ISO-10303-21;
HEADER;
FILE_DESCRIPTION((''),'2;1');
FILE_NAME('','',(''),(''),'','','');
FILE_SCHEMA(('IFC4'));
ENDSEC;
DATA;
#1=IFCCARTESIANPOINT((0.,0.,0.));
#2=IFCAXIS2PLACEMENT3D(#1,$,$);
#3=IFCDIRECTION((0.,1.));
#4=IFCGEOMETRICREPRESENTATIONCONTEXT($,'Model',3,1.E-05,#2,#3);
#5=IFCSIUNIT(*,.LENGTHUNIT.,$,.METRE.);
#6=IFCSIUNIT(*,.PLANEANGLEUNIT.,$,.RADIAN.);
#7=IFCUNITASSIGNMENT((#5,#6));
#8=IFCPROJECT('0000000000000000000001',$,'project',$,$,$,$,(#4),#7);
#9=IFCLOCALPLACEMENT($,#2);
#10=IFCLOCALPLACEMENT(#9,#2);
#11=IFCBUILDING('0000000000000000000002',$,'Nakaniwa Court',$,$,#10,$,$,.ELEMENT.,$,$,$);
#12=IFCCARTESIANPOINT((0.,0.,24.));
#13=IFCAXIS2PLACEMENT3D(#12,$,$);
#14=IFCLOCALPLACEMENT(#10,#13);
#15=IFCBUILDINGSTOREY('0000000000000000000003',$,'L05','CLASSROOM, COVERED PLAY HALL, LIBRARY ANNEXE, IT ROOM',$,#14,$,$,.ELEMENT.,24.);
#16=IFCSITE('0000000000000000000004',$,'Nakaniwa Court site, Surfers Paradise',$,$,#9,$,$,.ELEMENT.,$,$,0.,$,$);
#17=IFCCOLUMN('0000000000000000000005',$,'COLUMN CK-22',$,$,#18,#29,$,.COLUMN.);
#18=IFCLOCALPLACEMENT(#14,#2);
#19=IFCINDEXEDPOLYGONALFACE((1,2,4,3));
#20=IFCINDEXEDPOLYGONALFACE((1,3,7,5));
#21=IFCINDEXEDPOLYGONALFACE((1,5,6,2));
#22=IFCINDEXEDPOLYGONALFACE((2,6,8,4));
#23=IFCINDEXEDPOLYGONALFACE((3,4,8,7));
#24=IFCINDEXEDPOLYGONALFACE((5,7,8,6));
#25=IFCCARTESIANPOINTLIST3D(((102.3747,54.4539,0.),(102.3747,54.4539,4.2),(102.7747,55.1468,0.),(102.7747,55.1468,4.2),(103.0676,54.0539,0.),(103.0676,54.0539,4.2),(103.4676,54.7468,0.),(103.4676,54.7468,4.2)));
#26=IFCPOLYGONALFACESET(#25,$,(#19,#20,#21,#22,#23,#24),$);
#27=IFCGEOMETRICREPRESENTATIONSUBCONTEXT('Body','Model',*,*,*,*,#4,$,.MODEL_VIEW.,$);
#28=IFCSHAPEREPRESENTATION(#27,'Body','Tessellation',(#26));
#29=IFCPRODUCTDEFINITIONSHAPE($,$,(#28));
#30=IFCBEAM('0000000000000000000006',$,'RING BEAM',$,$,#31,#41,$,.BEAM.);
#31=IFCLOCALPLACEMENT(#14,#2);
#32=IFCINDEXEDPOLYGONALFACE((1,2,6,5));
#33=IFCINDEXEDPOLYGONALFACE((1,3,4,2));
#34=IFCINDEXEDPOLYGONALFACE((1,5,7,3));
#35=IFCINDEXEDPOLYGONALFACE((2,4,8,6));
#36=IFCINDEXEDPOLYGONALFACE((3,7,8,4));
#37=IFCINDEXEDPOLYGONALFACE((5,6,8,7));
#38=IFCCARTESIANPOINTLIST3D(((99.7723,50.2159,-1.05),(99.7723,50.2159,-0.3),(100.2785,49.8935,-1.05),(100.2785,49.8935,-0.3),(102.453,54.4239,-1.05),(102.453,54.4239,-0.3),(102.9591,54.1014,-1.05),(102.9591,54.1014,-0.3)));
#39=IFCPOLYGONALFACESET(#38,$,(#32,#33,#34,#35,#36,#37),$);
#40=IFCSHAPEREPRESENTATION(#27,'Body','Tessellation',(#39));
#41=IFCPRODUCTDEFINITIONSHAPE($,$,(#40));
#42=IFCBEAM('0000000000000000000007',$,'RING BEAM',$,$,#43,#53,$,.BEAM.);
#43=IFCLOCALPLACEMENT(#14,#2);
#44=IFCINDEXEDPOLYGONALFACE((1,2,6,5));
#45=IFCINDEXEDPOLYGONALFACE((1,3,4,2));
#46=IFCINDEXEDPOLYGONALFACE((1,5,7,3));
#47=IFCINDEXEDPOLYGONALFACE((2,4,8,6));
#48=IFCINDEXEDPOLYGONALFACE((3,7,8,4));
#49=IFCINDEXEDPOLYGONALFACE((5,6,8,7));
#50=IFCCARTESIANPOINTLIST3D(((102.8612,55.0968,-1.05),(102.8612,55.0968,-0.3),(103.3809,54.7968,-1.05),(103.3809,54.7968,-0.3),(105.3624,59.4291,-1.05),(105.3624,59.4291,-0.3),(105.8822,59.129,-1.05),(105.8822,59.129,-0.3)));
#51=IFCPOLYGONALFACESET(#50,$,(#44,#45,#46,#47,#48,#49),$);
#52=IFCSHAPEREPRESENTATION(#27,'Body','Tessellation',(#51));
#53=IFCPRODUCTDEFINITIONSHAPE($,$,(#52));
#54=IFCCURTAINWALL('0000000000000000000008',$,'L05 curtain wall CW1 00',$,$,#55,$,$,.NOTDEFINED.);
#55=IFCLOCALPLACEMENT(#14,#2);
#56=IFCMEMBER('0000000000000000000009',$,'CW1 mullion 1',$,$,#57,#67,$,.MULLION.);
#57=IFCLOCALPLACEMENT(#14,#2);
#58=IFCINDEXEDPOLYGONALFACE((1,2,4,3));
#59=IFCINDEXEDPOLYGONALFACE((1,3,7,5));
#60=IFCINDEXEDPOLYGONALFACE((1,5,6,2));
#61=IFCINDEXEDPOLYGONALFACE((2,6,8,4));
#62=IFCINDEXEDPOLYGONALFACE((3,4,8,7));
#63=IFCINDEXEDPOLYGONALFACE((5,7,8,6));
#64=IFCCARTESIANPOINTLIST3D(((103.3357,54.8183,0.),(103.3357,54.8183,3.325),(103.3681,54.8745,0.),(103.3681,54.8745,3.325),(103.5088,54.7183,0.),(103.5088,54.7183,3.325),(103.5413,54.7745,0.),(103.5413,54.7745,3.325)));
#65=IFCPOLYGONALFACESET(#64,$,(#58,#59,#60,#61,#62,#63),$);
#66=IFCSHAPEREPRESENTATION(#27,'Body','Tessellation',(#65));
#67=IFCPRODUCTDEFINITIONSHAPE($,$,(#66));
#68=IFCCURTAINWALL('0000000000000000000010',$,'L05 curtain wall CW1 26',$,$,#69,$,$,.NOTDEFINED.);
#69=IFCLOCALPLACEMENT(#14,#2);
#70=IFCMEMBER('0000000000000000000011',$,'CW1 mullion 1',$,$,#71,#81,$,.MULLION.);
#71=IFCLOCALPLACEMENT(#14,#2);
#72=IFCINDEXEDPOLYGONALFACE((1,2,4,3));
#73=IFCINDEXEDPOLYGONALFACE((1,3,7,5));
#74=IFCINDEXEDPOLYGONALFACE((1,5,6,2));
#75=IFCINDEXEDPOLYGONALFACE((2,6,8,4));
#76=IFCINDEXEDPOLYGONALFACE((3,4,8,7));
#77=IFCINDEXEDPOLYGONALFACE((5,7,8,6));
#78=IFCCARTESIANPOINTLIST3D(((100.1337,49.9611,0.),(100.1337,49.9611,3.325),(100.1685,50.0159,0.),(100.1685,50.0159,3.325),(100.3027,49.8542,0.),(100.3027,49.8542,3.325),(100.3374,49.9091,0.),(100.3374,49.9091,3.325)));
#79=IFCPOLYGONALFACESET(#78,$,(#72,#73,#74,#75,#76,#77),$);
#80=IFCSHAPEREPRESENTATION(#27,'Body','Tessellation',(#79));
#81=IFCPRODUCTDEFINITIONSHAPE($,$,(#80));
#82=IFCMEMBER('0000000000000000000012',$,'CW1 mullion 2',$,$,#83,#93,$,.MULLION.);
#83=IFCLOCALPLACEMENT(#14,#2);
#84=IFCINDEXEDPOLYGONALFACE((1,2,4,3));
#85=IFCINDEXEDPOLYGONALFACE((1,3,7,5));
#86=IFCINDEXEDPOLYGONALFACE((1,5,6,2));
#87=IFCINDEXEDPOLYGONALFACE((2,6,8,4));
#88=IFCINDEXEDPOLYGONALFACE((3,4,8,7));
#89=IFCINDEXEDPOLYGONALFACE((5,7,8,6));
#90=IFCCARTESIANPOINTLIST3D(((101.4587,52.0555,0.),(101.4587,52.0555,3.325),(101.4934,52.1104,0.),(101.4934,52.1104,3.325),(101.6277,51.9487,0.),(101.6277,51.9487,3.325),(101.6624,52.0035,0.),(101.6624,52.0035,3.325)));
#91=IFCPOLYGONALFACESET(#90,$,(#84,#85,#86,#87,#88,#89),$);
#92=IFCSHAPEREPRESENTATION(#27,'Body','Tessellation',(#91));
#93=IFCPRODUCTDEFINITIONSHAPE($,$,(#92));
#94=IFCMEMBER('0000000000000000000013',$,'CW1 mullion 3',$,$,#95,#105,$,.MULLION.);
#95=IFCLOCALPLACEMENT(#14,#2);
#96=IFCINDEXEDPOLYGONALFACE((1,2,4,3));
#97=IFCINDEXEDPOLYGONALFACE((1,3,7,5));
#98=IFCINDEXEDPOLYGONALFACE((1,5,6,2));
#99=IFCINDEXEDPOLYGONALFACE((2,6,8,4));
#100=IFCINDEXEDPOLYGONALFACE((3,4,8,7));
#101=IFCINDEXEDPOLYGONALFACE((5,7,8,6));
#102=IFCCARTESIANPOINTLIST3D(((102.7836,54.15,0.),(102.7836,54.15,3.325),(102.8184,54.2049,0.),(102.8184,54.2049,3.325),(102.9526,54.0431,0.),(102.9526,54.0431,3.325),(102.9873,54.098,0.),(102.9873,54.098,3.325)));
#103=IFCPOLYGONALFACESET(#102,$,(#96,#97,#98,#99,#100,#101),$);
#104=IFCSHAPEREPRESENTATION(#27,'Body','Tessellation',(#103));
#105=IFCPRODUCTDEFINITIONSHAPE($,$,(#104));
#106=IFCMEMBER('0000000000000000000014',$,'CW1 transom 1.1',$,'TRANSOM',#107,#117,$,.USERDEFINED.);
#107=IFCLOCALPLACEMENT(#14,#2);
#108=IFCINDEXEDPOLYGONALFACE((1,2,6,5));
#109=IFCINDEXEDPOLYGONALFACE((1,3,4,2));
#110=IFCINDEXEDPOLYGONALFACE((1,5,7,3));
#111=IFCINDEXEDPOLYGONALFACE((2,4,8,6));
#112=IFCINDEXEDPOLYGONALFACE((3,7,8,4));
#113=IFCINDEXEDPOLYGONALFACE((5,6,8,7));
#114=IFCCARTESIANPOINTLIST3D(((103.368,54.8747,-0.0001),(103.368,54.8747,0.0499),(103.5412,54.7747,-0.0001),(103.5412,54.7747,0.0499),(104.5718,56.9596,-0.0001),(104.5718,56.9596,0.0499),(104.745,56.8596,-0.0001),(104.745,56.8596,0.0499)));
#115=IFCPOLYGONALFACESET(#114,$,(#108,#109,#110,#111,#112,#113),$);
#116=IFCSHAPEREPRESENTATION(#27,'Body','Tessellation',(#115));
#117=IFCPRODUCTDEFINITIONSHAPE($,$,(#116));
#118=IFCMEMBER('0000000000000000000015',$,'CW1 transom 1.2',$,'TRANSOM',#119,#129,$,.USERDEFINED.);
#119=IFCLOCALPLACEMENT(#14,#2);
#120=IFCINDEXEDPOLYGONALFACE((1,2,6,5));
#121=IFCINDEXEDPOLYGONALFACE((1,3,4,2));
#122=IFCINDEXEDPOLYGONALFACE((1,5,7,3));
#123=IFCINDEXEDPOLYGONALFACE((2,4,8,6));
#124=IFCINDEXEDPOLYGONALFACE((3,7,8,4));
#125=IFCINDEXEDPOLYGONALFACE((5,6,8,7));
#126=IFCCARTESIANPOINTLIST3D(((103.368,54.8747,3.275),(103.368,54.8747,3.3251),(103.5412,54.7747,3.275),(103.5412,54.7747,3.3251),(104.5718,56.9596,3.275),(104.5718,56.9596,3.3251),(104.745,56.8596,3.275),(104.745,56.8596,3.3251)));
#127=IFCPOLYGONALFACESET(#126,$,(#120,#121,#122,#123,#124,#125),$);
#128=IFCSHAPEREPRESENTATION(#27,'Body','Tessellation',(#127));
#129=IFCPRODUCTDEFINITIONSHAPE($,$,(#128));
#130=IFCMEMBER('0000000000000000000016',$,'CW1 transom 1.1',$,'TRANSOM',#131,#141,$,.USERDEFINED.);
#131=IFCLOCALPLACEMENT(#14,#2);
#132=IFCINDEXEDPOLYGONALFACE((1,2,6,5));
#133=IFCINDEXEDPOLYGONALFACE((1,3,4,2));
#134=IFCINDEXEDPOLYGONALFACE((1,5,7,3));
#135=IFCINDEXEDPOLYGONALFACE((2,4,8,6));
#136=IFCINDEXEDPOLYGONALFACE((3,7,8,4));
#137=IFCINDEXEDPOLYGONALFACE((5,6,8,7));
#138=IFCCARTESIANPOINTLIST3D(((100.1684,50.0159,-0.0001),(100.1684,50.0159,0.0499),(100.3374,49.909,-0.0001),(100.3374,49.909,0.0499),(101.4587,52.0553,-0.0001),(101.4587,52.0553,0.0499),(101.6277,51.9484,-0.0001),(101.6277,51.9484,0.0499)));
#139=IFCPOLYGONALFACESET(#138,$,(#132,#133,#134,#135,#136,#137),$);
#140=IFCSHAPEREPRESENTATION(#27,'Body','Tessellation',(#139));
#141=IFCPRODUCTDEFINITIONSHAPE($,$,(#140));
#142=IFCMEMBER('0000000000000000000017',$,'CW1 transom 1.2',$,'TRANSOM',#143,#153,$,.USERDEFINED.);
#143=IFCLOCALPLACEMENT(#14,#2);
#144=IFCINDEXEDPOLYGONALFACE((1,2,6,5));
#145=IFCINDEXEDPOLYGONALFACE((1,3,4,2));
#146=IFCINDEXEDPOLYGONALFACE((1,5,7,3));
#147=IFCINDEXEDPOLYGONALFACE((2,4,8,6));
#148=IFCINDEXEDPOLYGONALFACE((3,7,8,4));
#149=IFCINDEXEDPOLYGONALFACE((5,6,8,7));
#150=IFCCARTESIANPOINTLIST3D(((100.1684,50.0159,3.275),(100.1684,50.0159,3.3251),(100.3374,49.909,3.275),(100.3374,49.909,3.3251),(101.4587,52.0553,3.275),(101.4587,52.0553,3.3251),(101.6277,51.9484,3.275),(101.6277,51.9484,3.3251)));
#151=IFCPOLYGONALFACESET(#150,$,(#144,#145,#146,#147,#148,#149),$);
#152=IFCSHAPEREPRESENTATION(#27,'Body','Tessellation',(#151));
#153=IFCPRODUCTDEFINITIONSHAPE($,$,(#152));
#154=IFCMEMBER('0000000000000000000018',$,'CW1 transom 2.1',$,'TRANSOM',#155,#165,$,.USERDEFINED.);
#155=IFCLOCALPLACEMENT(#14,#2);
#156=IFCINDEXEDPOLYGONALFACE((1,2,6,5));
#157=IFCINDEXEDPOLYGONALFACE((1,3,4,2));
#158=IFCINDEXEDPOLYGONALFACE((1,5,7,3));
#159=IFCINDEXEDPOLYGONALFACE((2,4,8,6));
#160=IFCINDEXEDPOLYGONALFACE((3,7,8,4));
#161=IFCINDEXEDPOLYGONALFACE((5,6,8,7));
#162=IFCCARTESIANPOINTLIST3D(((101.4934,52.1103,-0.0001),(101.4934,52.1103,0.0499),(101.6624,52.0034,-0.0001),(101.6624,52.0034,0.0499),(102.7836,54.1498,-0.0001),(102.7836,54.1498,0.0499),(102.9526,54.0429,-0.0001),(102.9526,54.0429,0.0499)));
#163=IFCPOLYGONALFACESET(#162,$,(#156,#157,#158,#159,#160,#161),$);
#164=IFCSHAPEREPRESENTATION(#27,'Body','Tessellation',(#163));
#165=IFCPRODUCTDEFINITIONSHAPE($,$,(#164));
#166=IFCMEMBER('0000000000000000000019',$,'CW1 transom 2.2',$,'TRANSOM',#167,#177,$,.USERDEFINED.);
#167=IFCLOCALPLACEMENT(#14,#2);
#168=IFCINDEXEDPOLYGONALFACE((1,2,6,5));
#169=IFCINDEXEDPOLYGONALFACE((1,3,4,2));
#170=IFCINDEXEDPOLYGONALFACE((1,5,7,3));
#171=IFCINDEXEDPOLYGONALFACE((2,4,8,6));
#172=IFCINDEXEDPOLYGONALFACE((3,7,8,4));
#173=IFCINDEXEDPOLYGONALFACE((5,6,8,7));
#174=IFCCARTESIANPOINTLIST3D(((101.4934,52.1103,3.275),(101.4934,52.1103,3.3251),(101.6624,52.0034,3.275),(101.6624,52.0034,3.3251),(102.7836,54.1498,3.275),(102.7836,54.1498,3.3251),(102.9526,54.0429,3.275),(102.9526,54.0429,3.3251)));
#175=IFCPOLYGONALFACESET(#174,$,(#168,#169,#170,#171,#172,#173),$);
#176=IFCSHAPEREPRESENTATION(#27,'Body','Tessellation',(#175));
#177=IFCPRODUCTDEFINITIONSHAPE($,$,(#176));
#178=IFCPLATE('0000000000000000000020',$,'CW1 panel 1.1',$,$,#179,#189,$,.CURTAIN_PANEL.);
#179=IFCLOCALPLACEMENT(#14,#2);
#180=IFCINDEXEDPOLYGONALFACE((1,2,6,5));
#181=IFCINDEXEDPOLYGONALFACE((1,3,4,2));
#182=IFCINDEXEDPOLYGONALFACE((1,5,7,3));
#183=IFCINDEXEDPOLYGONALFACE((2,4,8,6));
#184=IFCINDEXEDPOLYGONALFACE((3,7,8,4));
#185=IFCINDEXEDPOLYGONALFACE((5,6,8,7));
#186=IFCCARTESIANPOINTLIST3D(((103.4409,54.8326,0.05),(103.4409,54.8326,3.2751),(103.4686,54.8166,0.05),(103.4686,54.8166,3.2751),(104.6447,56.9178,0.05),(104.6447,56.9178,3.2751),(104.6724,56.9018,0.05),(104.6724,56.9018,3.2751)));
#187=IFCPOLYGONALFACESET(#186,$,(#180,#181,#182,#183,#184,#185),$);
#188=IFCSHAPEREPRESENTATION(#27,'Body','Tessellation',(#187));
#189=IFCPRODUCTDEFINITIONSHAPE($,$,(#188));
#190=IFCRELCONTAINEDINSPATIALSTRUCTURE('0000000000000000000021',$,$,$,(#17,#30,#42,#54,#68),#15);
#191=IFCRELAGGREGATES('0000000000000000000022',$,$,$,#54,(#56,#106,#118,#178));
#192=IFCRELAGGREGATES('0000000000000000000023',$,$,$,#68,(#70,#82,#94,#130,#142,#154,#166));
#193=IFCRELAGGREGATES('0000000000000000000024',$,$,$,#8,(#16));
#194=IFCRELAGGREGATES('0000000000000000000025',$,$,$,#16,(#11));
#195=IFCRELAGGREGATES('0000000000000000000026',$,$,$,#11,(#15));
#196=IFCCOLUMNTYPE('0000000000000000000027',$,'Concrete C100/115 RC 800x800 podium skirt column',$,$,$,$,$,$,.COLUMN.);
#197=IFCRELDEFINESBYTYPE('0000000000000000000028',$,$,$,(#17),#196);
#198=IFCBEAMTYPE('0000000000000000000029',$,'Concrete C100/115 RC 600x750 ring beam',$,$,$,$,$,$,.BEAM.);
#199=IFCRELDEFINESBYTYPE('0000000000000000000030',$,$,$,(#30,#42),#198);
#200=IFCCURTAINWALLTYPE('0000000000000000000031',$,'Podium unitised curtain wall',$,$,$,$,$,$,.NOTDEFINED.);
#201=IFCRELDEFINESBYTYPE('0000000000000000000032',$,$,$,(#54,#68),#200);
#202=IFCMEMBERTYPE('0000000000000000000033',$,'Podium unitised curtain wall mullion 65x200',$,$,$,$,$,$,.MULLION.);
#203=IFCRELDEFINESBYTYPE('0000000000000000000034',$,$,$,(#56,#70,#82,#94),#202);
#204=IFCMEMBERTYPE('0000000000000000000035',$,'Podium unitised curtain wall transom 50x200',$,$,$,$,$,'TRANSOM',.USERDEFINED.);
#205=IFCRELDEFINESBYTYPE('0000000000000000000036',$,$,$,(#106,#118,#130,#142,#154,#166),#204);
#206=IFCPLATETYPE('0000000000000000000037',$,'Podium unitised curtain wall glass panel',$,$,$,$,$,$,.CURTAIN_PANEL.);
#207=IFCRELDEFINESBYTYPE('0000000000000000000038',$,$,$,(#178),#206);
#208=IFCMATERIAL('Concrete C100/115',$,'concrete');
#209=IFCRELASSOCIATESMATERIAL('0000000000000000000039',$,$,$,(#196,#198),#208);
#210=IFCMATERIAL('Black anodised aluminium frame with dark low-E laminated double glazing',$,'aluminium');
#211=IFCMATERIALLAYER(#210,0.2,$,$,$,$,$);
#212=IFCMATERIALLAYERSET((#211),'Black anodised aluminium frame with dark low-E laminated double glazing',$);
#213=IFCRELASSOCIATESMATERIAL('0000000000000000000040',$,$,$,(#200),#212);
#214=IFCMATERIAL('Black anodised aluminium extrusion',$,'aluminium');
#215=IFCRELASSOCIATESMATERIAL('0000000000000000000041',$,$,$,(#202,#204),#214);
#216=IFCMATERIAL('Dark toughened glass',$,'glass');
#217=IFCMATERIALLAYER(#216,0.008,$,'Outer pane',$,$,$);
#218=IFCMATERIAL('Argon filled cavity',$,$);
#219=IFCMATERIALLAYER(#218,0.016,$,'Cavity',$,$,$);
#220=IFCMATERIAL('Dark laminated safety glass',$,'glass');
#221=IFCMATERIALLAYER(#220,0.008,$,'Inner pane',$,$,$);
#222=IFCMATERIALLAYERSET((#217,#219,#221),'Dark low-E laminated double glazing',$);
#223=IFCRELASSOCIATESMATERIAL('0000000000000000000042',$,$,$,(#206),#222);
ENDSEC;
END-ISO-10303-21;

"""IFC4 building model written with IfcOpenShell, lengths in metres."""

from ifc_helpers import new_model, si_unit, direction, frame, origin, origin_2d, place, context, subcontext, project, spatial, rectangle, extrude, material, layer, layer_set, material_profile, profile_set, type_object, element, aggregate, save


model = new_model("IFC4")

# Units and contexts
model_context = context("Model", 3, precision=1e-05, world=origin(), true_north=direction((0.0, 1.0)))
body_context = subcontext(model_context, "Body", "Model", "MODEL_VIEW")
ifc_project = project(units=[si_unit("LENGTHUNIT", "METRE"), si_unit("PLANEANGLEUNIT", "RADIAN")], contexts=[model_context])

# Site, building, storey
site_placement = place(None, origin())
site = spatial("IfcSite", under=ifc_project, at=site_placement, Name="Nakaniwa Court site, Surfers Paradise", CompositionType="ELEMENT", RefElevation=0.0)
building_placement = place(site_placement, origin())
building = spatial("IfcBuilding", under=site, at=building_placement, Name="Nakaniwa Court", CompositionType="ELEMENT")
storey_placement = place(building_placement, frame((0.0, 0.0, 24.0)))
storey = spatial("IfcBuildingStorey", under=building, at=storey_placement, Name="L05", Description="CLASSROOM, COVERED PLAY HALL, LIBRARY ANNEXE, IT ROOM", CompositionType="ELEMENT", Elevation=24.0)

# Column
ifc_material_1 = material(Name="Concrete C100/115", Category="concrete")
ifc_material_profile_1 = material_profile(ifc_material_1, rectangle(XDim=0.8, YDim=0.8, at=origin_2d()), Name="Concrete C100/115 RC 800x800 podium skirt column")
ifc_profile_set_1 = profile_set([ifc_material_profile_1], Name="Concrete C100/115")
column_type = type_object("IfcColumnType", Name="Concrete C100/115 RC 800x800 podium skirt column", PredefinedType="COLUMN", material=ifc_profile_set_1)
column_placement = place(storey_placement, frame((102.9211, 54.6003, 0.0), z_axis=(0.0, 0.0, 1.0), x_axis=(0.5, 0.866025, 0.0)))
element("IfcColumn", 1, at=column_placement, inside=storey, type_object=column_type, Name="COLUMN CK-22", PredefinedType="COLUMN", context=body_context, shape_type="SweptSolid", body=[
    extrude(rectangle(XDim=0.8, YDim=0.8, at=origin_2d()), origin(), (0.0, 0.0, 1.0), 4.2),
])

# Beams
ifc_material_profile_2 = material_profile(ifc_material_1, rectangle(XDim=0.6001, YDim=0.75, at=origin_2d()), Name="Concrete C100/115 RC 600x750 ring beam")
ifc_profile_set_2 = profile_set([ifc_material_profile_2], Name="Concrete C100/115")
beam_type = type_object("IfcBeamType", Name="Concrete C100/115 RC 600x750 ring beam", PredefinedType="BEAM", material=ifc_profile_set_2)
beam_1_placement = place(storey_placement, frame((100.0254, 50.0547, -0.675), z_axis=(0.537281, 0.843403, 0.0), x_axis=(-0.843403, 0.537281, 0.0)))
element("IfcBeam", 2, at=beam_1_placement, inside=storey, type_object=beam_type, Name="RING BEAM", PredefinedType="BEAM", context=body_context, shape_type="SweptSolid", body=[
    extrude(rectangle(XDim=0.6001, YDim=0.75, at=origin_2d()), origin(), (0.0, 0.0, 1.0), 4.9893),
])
beam_2_placement = place(storey_placement, frame((103.1211, 54.9468, -0.675), z_axis=(0.499997, 0.866027, 0.0), x_axis=(-0.866027, 0.499997, 0.0)))
element("IfcBeam", 3, at=beam_2_placement, inside=storey, type_object=beam_type, Name="RING BEAM", PredefinedType="BEAM", context=body_context, shape_type="SweptSolid", body=[
    extrude(rectangle(XDim=0.6001, YDim=0.75, at=origin_2d()), origin(), (0.0, 0.0, 1.0), 5.0024),
])

# Curtain wall, member
ifc_material_2 = material(Name="Black anodised aluminium frame with dark low-E laminated double glazing", Category="aluminium")
ifc_layer_1 = layer(ifc_material_2, 0.2)
ifc_layer_set_1 = layer_set([ifc_layer_1], Name="Black anodised aluminium frame with dark low-E laminated double glazing")
curtain_wall_type = type_object("IfcCurtainWallType", Name="Podium unitised curtain wall", PredefinedType="NOTDEFINED", material=ifc_layer_set_1)
curtain_wall_1_placement = place(storey_placement, origin())
curtain_wall_1 = element("IfcCurtainWall", 4, at=curtain_wall_1_placement, inside=storey, type_object=curtain_wall_type, Name="L05 curtain wall CW1 00", PredefinedType="NOTDEFINED")
ifc_material_3 = material(Name="Black anodised aluminium extrusion", Category="aluminium")
ifc_material_profile_3 = material_profile(ifc_material_3, rectangle(XDim=0.2, YDim=0.0649, at=origin_2d()), Name="Podium unitised curtain wall mullion 65x200")
ifc_profile_set_3 = profile_set([ifc_material_profile_3], Name="Black anodised aluminium extrusion")
member_type_1 = type_object("IfcMemberType", Name="Podium unitised curtain wall mullion 65x200", PredefinedType="MULLION", material=ifc_profile_set_3)
member_1_placement = place(storey_placement, frame((103.4385, 54.7964, 0.0), z_axis=(0.0, 0.0, 1.0), x_axis=(-0.866037, 0.499979, 0.0)))
member_1 = element("IfcMember", 5, at=member_1_placement, type_object=member_type_1, Name="CW1 mullion 1", PredefinedType="MULLION", context=body_context, shape_type="SweptSolid", body=[
    extrude(rectangle(XDim=0.2, YDim=0.0649, at=origin_2d()), origin(), (0.0, 0.0, 1.0), 3.325),
])

# Curtain wall, members
curtain_wall_2_placement = place(storey_placement, origin())
curtain_wall_2 = element("IfcCurtainWall", 6, at=curtain_wall_2_placement, inside=storey, type_object=curtain_wall_type, Name="L05 curtain wall CW1 26", PredefinedType="NOTDEFINED")
member_2_placement = place(storey_placement, frame((100.2356, 49.9351, 0.0), z_axis=(0.0, 0.0, 1.0), x_axis=(-0.845107, 0.534597, 0.0)))
member_2 = element("IfcMember", 7, at=member_2_placement, type_object=member_type_1, Name="CW1 mullion 1", PredefinedType="MULLION", context=body_context, shape_type="SweptSolid", body=[
    extrude(rectangle(XDim=0.2, YDim=0.0649, at=origin_2d()), origin(), (0.0, 0.0, 1.0), 3.325),
])
member_3_placement = place(storey_placement, frame((101.5605, 52.0295, 0.0), z_axis=(0.0, 0.0, 1.0), x_axis=(-0.845107, 0.534597, 0.0)))
member_3 = element("IfcMember", 8, at=member_3_placement, type_object=member_type_1, Name="CW1 mullion 2", PredefinedType="MULLION", context=body_context, shape_type="SweptSolid", body=[
    extrude(rectangle(XDim=0.2, YDim=0.0649, at=origin_2d()), origin(), (0.0, 0.0, 1.0), 3.325),
])
member_4_placement = place(storey_placement, frame((102.8855, 54.124, 0.0), z_axis=(0.0, 0.0, 1.0), x_axis=(-0.845107, 0.534597, 0.0)))
member_4 = element("IfcMember", 9, at=member_4_placement, type_object=member_type_1, Name="CW1 mullion 3", PredefinedType="MULLION", context=body_context, shape_type="SweptSolid", body=[
    extrude(rectangle(XDim=0.2, YDim=0.0649, at=origin_2d()), origin(), (0.0, 0.0, 1.0), 3.325),
])

# Members
ifc_material_profile_4 = material_profile(ifc_material_3, rectangle(XDim=0.2, YDim=0.05, at=origin_2d()), Name="Podium unitised curtain wall transom 50x200")
ifc_profile_set_4 = profile_set([ifc_material_profile_4], Name="Black anodised aluminium extrusion")
member_type_2 = type_object("IfcMemberType", Name="Podium unitised curtain wall transom 50x200", ElementType="TRANSOM", PredefinedType="USERDEFINED", material=ifc_profile_set_4)
member_5_placement = place(storey_placement, frame((103.4546, 54.8247, 0.0249), z_axis=(0.500033, 0.866007, 0.0), x_axis=(-0.866007, 0.500033, 0.0)))
member_5 = element("IfcMember", 10, at=member_5_placement, type_object=member_type_2, Name="CW1 transom 1.1", ObjectType="TRANSOM", PredefinedType="USERDEFINED", context=body_context, shape_type="SweptSolid", body=[
    extrude(rectangle(XDim=0.2, YDim=0.05, at=origin_2d()), origin(), (0.0, 0.0, 1.0), 2.4075),
])
member_6_placement = place(storey_placement, frame((103.4546, 54.8247, 3.3), z_axis=(0.500033, 0.866007, 0.0), x_axis=(-0.866007, 0.500033, 0.0)))
member_6 = element("IfcMember", 11, at=member_6_placement, type_object=member_type_2, Name="CW1 transom 1.2", ObjectType="TRANSOM", PredefinedType="USERDEFINED", context=body_context, shape_type="SweptSolid", body=[
    extrude(rectangle(XDim=0.2, YDim=0.05, at=origin_2d()), origin(), (0.0, 0.0, 1.0), 2.4075),
])
member_7_placement = place(storey_placement, frame((100.2529, 49.9624, 0.0249), z_axis=(0.534628, 0.845087, 0.0), x_axis=(-0.845087, 0.534628, 0.0)))
member_7 = element("IfcMember", 12, at=member_7_placement, type_object=member_type_2, Name="CW1 transom 1.1", ObjectType="TRANSOM", PredefinedType="USERDEFINED", context=body_context, shape_type="SweptSolid", body=[
    extrude(rectangle(XDim=0.2, YDim=0.05, at=origin_2d()), origin(), (0.0, 0.0, 1.0), 2.4133),
])
member_8_placement = place(storey_placement, frame((100.2529, 49.9624, 3.3), z_axis=(0.534628, 0.845087, 0.0), x_axis=(-0.845087, 0.534628, 0.0)))
member_8 = element("IfcMember", 13, at=member_8_placement, type_object=member_type_2, Name="CW1 transom 1.2", ObjectType="TRANSOM", PredefinedType="USERDEFINED", context=body_context, shape_type="SweptSolid", body=[
    extrude(rectangle(XDim=0.2, YDim=0.05, at=origin_2d()), origin(), (0.0, 0.0, 1.0), 2.4133),
])
member_9_placement = place(storey_placement, frame((101.5779, 52.0569, 0.0249), z_axis=(0.534628, 0.845087, 0.0), x_axis=(-0.845087, 0.534628, 0.0)))
member_9 = element("IfcMember", 14, at=member_9_placement, type_object=member_type_2, Name="CW1 transom 2.1", ObjectType="TRANSOM", PredefinedType="USERDEFINED", context=body_context, shape_type="SweptSolid", body=[
    extrude(rectangle(XDim=0.2, YDim=0.05, at=origin_2d()), origin(), (0.0, 0.0, 1.0), 2.4133),
])
member_10_placement = place(storey_placement, frame((101.5779, 52.0569, 3.3), z_axis=(0.534628, 0.845087, 0.0), x_axis=(-0.845087, 0.534628, 0.0)))
member_10 = element("IfcMember", 15, at=member_10_placement, type_object=member_type_2, Name="CW1 transom 2.2", ObjectType="TRANSOM", PredefinedType="USERDEFINED", context=body_context, shape_type="SweptSolid", body=[
    extrude(rectangle(XDim=0.2, YDim=0.05, at=origin_2d()), origin(), (0.0, 0.0, 1.0), 2.4133),
])

# Plate
ifc_material_4 = material(Name="Dark toughened glass", Category="glass")
ifc_layer_2 = layer(ifc_material_4, 0.008, Name="Outer pane")
ifc_material_5 = material(Name="Argon filled cavity")
ifc_layer_3 = layer(ifc_material_5, 0.016, Name="Cavity")
ifc_material_6 = material(Name="Dark laminated safety glass", Category="glass")
ifc_layer_4 = layer(ifc_material_6, 0.008, Name="Inner pane")
ifc_layer_set_2 = layer_set([ifc_layer_2, ifc_layer_3, ifc_layer_4], Name="Dark low-E laminated double glazing")
plate_type = type_object("IfcPlateType", Name="Podium unitised curtain wall glass panel", PredefinedType="CURTAIN_PANEL", material=ifc_layer_set_2)
plate_1_placement = place(storey_placement, frame((104.0566, 55.8672, 0.05), z_axis=(0.0, 0.0, 1.0), x_axis=(0.499979, 0.866037, 0.0)))
plate_1 = element("IfcPlate", 16, at=plate_1_placement, type_object=plate_type, Name="CW1 panel 1.1", PredefinedType="CURTAIN_PANEL", context=body_context, shape_type="SweptSolid", body=[
    extrude(rectangle(XDim=2.4077, YDim=0.032, at=origin_2d()), origin(), (0.0, 0.0, 1.0), 3.2251),
])
aggregate(curtain_wall_1, [member_1, member_5, member_6, plate_1])
aggregate(curtain_wall_2, [member_2, member_3, member_4, member_7, member_8, member_9, member_10])

save(model, "model.ifc")
